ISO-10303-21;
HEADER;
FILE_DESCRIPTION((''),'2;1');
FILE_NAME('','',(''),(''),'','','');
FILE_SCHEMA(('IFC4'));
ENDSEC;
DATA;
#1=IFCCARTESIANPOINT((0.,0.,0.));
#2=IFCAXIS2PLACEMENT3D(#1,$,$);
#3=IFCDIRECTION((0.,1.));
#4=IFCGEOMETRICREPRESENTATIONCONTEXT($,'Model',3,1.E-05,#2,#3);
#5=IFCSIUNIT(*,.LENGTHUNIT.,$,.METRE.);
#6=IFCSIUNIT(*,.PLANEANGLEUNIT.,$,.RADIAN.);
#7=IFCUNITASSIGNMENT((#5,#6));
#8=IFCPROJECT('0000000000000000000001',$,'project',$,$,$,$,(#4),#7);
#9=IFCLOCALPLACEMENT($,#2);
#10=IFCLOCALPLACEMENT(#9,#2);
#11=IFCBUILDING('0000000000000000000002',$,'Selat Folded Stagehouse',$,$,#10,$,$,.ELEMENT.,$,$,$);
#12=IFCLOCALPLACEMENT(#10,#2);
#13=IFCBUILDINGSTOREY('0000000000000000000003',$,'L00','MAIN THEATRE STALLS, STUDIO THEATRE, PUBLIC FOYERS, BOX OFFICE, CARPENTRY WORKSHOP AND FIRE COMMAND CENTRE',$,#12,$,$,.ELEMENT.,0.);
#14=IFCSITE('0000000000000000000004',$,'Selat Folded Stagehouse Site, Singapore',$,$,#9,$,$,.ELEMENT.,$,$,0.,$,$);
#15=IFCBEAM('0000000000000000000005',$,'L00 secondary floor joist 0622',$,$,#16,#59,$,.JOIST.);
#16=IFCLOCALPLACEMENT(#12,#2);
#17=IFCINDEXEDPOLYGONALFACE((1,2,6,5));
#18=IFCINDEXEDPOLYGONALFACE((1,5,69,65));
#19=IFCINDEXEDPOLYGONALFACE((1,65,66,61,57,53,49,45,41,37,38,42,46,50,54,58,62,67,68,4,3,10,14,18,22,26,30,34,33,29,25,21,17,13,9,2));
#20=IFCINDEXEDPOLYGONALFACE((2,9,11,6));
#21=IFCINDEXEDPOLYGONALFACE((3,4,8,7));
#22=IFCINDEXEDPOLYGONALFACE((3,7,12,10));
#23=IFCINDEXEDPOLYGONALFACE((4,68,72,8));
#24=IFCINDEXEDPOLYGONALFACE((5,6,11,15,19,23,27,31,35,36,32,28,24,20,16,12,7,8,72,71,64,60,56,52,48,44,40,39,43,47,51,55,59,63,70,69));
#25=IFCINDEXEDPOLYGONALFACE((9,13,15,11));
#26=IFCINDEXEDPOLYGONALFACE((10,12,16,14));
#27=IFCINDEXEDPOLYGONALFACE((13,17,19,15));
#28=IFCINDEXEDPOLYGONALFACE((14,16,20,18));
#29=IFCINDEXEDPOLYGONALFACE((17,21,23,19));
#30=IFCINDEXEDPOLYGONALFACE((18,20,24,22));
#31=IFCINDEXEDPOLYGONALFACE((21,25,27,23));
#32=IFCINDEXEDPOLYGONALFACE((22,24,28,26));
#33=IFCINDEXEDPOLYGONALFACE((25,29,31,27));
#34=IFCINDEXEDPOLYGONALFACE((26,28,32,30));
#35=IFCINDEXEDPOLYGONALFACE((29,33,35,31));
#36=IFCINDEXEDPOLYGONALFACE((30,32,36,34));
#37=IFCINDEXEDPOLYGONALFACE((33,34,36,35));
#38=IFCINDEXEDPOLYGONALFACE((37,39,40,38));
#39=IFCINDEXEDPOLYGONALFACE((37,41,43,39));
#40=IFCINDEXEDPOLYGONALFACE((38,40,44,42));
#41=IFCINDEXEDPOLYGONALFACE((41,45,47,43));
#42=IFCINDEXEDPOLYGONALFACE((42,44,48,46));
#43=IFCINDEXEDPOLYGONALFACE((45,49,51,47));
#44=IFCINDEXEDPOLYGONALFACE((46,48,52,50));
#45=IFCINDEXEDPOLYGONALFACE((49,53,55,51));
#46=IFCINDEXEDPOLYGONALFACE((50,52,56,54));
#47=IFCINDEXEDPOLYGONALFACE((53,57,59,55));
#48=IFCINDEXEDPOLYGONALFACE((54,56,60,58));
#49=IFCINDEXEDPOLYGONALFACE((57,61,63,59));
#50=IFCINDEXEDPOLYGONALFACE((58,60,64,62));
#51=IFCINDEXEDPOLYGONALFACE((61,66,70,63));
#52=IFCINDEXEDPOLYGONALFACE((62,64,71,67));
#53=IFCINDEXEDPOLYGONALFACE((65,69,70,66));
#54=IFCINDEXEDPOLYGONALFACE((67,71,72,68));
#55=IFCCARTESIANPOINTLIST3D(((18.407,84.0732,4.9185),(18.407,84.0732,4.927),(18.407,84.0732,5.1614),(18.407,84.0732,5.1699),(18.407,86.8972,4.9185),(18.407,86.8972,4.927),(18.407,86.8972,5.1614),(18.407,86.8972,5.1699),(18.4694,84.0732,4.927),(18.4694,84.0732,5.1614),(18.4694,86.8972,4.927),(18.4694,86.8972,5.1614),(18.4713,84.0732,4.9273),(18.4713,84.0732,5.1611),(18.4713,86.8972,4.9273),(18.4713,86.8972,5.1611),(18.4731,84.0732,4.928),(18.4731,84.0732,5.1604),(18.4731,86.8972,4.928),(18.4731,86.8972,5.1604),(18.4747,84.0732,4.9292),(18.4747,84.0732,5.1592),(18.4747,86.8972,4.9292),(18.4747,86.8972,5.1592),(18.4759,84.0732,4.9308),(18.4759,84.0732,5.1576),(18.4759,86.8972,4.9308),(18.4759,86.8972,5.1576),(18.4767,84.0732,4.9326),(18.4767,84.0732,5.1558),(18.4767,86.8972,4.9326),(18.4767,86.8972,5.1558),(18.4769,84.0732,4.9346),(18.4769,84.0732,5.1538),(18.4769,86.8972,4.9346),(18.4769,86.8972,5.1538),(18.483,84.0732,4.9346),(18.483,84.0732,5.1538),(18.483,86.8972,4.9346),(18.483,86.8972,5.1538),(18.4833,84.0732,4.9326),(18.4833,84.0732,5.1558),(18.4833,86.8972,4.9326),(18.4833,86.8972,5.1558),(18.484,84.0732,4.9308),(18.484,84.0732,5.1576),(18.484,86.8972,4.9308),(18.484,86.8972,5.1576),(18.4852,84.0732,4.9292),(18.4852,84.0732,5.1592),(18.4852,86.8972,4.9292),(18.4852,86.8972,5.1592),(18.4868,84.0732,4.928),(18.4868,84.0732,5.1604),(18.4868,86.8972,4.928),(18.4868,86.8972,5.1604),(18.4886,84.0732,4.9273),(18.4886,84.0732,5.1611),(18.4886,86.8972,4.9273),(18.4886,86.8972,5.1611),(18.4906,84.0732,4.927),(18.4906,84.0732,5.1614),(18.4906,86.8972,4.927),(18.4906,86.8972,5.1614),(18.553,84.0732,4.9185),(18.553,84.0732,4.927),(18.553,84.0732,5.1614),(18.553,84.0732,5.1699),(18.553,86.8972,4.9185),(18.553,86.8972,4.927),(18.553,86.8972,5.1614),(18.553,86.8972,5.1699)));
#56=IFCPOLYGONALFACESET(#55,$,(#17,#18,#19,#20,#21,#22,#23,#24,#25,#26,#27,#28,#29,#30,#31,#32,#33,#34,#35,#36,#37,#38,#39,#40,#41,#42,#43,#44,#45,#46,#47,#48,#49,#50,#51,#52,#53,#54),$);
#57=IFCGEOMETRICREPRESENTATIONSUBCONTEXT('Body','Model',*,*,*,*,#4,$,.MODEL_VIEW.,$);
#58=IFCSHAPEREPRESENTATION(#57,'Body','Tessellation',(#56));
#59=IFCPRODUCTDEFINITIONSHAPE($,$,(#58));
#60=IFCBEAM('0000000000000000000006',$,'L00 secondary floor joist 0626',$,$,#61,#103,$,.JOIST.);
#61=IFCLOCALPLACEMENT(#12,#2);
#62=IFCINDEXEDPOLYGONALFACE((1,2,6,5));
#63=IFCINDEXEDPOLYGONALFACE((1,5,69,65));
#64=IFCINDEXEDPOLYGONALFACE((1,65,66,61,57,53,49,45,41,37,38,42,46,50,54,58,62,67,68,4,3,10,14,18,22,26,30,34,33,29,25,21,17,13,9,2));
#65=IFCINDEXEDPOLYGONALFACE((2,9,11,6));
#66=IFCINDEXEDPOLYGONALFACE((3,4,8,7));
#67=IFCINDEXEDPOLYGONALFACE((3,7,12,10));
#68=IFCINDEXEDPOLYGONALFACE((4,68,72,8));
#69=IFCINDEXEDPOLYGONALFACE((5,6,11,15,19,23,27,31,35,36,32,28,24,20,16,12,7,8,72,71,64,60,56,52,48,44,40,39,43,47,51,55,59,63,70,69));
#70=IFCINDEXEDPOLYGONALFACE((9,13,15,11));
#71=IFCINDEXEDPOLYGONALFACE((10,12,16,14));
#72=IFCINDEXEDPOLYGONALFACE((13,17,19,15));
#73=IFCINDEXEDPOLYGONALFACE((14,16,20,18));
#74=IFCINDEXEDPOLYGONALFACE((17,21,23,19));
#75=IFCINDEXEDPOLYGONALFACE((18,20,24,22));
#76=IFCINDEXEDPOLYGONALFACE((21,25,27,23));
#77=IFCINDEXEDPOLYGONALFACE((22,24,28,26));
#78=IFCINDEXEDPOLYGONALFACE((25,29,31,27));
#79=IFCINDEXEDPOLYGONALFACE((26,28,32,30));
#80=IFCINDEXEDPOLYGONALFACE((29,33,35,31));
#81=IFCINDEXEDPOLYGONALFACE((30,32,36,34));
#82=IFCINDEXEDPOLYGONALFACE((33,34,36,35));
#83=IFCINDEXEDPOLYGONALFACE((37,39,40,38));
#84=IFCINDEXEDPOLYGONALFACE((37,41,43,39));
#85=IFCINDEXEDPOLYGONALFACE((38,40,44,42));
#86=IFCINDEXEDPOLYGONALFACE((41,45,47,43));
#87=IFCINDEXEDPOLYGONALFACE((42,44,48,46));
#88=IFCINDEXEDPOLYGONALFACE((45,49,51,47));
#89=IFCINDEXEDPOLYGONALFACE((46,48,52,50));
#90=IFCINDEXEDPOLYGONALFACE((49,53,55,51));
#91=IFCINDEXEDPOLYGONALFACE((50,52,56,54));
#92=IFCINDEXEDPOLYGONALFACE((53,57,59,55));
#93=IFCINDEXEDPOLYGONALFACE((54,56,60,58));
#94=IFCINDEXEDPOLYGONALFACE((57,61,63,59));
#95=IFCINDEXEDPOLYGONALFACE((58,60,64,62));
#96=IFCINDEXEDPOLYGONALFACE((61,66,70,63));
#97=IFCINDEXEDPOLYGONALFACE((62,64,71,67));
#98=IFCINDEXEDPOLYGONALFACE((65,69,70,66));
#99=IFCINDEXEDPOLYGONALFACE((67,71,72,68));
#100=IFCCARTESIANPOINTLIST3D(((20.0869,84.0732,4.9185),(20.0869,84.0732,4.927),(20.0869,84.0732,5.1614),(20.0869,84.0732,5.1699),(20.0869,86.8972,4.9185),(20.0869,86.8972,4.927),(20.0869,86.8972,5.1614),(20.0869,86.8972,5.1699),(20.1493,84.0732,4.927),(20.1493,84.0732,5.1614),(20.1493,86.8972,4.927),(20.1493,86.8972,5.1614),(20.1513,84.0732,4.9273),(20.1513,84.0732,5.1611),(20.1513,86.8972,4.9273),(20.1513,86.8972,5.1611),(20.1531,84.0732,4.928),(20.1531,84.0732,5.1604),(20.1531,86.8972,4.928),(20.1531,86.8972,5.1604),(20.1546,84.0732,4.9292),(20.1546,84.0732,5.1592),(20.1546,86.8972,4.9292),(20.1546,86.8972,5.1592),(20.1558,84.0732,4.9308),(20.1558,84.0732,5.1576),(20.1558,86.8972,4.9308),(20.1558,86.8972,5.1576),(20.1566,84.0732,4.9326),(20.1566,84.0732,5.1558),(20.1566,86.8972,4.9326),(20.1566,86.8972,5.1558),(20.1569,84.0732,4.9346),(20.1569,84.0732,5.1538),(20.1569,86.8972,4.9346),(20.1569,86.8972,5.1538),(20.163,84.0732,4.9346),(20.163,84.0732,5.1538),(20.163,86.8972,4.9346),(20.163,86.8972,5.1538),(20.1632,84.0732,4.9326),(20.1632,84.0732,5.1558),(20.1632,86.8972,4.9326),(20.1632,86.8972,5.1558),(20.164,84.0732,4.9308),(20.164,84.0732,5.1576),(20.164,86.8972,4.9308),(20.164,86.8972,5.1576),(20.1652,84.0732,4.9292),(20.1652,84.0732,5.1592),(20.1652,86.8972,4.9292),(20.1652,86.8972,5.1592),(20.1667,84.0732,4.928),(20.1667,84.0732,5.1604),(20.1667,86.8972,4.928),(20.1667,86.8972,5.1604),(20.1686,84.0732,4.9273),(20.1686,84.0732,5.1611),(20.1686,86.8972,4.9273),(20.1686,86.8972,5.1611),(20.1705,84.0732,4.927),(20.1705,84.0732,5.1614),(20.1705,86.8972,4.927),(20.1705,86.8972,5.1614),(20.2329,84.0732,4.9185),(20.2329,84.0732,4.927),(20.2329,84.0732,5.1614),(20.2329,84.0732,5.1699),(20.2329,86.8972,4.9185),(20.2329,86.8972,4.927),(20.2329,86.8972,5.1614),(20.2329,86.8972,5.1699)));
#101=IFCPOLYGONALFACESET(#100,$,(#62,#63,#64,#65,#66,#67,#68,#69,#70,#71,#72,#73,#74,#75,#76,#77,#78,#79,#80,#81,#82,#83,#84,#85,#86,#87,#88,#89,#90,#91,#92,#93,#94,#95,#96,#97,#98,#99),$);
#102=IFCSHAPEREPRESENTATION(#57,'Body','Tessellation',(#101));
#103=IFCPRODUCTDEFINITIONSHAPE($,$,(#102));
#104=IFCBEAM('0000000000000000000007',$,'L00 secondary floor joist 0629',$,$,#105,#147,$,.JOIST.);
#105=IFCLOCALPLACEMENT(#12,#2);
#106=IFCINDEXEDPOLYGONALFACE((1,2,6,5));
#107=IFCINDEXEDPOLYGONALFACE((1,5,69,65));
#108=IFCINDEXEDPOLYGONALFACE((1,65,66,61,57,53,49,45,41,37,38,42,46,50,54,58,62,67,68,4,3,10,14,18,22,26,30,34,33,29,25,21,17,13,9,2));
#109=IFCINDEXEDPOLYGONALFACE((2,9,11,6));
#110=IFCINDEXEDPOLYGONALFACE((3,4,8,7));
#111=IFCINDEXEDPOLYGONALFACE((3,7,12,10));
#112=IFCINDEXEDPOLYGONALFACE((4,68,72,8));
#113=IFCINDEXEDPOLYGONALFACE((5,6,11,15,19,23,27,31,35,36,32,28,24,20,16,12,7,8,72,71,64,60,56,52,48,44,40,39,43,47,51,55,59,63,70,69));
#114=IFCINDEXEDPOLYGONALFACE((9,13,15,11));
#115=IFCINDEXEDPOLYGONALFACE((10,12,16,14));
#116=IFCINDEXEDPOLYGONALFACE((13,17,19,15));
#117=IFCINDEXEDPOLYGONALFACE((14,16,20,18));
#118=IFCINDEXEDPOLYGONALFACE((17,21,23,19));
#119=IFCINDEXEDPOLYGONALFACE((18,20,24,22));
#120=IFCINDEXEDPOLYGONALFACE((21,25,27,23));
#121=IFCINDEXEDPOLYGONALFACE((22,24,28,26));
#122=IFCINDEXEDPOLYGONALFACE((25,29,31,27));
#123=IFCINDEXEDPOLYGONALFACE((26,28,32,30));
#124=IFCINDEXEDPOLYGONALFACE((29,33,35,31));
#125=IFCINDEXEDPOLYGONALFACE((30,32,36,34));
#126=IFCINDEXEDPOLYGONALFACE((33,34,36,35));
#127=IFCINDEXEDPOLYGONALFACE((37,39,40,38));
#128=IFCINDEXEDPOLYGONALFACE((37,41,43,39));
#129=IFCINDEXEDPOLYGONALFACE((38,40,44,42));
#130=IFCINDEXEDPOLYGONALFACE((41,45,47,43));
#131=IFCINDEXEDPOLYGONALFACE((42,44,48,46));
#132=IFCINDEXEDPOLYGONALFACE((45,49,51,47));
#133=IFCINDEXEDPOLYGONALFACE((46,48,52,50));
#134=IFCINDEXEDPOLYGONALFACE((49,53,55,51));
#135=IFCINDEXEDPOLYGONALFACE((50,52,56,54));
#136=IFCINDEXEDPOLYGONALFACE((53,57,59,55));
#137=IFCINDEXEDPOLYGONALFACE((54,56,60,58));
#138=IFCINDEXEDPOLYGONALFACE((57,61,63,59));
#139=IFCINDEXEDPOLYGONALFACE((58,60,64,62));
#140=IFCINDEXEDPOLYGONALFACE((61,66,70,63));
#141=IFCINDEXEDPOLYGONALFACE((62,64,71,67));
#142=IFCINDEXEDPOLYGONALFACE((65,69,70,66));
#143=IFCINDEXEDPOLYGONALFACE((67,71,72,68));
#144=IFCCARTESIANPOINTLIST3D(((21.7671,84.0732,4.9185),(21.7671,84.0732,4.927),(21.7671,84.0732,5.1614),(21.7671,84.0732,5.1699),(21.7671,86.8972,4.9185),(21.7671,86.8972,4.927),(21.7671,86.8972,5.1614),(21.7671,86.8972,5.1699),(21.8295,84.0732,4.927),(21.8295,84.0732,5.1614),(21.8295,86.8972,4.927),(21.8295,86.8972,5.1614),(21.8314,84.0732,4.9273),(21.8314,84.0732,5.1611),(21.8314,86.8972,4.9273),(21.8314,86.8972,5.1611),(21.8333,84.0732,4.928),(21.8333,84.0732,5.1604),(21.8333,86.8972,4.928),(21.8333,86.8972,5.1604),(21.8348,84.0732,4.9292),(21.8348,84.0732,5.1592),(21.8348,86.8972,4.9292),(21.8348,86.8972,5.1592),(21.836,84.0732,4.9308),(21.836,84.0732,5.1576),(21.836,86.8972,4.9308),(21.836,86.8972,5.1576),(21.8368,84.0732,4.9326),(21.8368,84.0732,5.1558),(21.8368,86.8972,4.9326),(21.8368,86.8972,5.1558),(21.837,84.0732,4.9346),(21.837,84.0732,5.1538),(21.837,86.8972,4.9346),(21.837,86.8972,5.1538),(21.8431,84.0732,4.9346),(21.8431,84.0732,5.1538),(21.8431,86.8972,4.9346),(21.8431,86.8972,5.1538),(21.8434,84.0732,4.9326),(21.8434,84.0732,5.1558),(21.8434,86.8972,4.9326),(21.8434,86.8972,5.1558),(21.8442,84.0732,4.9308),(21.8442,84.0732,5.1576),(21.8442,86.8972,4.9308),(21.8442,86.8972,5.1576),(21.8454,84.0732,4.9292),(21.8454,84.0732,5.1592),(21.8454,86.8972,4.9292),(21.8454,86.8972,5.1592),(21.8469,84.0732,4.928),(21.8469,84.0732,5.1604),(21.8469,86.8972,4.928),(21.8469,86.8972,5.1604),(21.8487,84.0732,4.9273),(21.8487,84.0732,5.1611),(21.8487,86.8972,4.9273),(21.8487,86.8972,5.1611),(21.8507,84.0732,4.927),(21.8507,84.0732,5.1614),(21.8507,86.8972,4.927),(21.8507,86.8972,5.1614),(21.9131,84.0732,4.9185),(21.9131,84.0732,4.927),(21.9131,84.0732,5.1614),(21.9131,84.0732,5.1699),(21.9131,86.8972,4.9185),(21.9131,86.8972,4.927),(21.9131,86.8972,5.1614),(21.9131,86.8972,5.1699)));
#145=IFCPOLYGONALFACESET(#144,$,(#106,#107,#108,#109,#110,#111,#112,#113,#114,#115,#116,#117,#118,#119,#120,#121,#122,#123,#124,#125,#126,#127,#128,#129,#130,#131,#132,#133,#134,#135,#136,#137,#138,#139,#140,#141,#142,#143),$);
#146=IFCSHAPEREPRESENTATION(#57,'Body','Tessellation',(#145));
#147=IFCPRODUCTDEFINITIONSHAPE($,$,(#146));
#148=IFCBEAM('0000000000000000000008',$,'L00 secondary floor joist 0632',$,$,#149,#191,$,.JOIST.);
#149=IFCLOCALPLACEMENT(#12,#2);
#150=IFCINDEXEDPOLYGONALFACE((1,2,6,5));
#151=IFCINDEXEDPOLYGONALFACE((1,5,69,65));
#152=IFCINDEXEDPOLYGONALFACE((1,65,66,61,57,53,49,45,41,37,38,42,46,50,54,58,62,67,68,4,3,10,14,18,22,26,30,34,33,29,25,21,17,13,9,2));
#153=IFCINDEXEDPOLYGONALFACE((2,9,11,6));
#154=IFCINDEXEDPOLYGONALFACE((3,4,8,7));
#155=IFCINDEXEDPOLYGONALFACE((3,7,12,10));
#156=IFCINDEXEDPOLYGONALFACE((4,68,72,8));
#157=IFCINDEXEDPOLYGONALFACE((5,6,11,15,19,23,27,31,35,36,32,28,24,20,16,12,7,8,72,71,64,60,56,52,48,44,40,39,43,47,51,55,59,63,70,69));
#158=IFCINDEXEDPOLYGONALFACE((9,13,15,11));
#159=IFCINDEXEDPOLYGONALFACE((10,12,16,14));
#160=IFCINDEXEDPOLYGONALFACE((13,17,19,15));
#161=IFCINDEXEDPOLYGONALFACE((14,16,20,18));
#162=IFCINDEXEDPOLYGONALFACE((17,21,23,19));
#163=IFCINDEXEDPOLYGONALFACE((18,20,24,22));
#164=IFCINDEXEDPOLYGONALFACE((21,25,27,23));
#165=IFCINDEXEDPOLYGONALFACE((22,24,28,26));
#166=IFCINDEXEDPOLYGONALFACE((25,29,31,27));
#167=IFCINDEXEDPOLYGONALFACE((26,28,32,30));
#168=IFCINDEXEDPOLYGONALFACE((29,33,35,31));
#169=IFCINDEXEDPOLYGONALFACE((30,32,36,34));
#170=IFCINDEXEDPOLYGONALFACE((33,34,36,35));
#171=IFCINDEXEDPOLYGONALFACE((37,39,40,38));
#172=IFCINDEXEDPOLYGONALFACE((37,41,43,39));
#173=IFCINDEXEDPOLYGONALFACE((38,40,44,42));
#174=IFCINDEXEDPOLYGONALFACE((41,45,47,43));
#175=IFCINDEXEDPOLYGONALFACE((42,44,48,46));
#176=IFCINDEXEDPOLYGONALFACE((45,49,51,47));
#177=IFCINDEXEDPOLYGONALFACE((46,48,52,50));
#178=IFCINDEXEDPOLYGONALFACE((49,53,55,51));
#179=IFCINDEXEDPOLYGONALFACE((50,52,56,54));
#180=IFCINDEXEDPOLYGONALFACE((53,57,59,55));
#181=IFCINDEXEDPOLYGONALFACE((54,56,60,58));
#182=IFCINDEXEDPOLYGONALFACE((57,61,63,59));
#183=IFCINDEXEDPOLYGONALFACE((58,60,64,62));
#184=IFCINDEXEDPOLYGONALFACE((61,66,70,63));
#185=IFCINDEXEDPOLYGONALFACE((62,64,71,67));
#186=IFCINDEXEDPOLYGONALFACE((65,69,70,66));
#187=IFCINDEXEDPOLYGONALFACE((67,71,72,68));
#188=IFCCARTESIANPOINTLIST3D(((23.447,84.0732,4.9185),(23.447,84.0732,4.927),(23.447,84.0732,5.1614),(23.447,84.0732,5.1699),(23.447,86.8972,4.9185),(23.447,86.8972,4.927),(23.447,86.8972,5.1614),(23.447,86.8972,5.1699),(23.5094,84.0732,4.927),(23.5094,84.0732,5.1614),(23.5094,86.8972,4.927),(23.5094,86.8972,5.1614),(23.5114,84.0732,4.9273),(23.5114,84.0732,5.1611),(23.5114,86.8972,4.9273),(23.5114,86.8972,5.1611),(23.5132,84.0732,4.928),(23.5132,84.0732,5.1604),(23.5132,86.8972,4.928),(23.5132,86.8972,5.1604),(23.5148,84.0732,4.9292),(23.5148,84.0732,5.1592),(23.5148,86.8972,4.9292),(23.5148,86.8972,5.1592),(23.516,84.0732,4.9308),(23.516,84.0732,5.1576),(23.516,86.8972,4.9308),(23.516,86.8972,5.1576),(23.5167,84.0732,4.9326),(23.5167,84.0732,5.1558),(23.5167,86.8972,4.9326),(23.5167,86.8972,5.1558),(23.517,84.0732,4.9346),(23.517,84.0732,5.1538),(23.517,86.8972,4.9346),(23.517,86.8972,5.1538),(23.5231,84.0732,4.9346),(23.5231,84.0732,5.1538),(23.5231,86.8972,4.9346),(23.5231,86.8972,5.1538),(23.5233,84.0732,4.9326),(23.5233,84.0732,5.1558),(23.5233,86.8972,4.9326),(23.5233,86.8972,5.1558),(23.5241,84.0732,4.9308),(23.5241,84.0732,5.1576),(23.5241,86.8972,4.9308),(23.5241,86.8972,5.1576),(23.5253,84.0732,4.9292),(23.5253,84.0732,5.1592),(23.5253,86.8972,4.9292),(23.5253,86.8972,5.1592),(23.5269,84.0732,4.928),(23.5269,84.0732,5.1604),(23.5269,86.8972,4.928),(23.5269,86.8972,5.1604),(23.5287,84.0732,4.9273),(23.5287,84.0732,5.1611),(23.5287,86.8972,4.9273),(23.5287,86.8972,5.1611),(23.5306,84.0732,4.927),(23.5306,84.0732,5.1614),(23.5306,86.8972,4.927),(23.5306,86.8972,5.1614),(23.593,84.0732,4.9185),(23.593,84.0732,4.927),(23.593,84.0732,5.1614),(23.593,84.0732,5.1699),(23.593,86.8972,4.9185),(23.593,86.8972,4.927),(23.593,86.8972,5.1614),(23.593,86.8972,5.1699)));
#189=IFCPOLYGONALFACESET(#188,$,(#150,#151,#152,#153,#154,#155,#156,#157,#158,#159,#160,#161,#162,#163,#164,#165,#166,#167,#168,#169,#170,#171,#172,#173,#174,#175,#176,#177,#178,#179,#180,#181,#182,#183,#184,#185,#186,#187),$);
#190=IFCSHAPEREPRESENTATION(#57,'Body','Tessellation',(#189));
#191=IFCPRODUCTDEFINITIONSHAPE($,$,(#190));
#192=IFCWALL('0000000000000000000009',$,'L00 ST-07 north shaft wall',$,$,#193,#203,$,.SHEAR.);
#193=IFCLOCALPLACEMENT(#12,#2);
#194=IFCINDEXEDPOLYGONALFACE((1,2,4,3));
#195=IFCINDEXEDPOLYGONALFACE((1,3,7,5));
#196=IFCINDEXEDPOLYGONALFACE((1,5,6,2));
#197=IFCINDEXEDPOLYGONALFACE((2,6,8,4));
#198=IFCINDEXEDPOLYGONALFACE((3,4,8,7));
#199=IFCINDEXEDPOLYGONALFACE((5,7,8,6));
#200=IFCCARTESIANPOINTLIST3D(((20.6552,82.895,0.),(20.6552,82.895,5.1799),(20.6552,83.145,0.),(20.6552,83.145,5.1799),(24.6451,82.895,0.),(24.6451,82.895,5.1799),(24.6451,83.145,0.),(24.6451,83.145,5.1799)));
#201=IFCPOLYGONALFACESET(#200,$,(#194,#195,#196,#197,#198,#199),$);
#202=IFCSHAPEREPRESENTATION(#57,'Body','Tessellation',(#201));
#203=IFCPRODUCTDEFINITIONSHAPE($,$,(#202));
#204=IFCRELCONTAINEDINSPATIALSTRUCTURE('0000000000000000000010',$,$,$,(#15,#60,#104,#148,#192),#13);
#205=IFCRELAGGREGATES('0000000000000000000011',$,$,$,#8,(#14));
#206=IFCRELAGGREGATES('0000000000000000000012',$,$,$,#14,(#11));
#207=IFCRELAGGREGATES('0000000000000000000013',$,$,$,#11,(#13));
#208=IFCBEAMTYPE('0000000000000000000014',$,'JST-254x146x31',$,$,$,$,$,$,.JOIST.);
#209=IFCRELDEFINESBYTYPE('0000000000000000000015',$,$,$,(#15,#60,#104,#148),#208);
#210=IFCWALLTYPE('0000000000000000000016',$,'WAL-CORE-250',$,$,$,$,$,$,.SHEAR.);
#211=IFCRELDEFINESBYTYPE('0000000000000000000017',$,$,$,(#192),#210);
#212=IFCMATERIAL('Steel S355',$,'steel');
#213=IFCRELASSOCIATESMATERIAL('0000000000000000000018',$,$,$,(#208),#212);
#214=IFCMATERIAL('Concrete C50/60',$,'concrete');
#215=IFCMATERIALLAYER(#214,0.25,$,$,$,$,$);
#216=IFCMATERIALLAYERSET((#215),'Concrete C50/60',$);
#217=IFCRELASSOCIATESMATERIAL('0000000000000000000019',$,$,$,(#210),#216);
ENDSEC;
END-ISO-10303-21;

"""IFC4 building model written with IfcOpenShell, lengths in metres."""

from ifc_helpers import new_model, si_unit, direction, frame, frame_2d, origin, origin_2d, place, context, subcontext, project, spatial, rectangle, i_section, extrude, material, layer, layer_set, material_profile, profile_set, type_object, element, save


model = new_model("IFC4")

# Units and contexts
model_context = context("Model", 3, precision=1e-05, world=origin(), true_north=direction((0.0, 1.0)))
body_context = subcontext(model_context, "Body", "Model", "MODEL_VIEW")
ifc_project = project(units=[si_unit("LENGTHUNIT", "METRE"), si_unit("PLANEANGLEUNIT", "RADIAN")], contexts=[model_context])

# Site, building, storey
site_placement = place(None, origin())
site = spatial("IfcSite", under=ifc_project, at=site_placement, Name="Selat Folded Stagehouse Site, Singapore", CompositionType="ELEMENT", RefElevation=0.0)
building_placement = place(site_placement, origin())
building = spatial("IfcBuilding", under=site, at=building_placement, Name="Selat Folded Stagehouse", CompositionType="ELEMENT")
storey_placement = place(building_placement, origin())
storey = spatial("IfcBuildingStorey", under=building, at=storey_placement, Name="L00", Description="MAIN THEATRE STALLS, STUDIO THEATRE, PUBLIC FOYERS, BOX OFFICE, CARPENTRY WORKSHOP AND FIRE COMMAND CENTRE", CompositionType="ELEMENT", Elevation=0.0)

# Shared definitions
ifc_material_1 = material(Name="Steel S355", Category="steel")

# Beams
ifc_material_profile_1 = material_profile(ifc_material_1, i_section(OverallWidth=0.146, OverallDepth=0.2515, WebThickness=0.0061, FlangeThickness=0.0085, FilletRadius=0.0076, at=origin_2d()), Name="UKB 254x146x31")
ifc_profile_set_1 = profile_set([ifc_material_profile_1], Name="Steel S355")
beam_type_1 = type_object("IfcBeamType", Name="JST-254x146x31", PredefinedType="JOIST", material=ifc_profile_set_1)
for number, where, z_axis, x_axis, name in (
    (1, (18.48, 84.0732, 5.0442), (0.0, 1.0, 0.0), (-1.0, 0.0, 0.0), "L00 secondary floor joist 0622"),
    (2, (20.1599, 84.0732, 5.0442), (0.0, 1.0, 0.0), (-1.0, 0.0, 0.0), "L00 secondary floor joist 0626"),
    (3, (21.8401, 84.0732, 5.0442), (0.0, 1.0, 0.0), (-1.0, 0.0, 0.0), "L00 secondary floor joist 0629"),
    (4, (23.52, 84.0732, 5.0442), (0.0, 1.0, 0.0), (-1.0, 0.0, 0.0), "L00 secondary floor joist 0632"),
):
    element("IfcBeam", number, at=place(storey_placement, frame(where, z_axis=z_axis, x_axis=x_axis)), inside=storey, type_object=beam_type_1, Name=name, PredefinedType="JOIST", context=body_context, shape_type="SweptSolid", body=[
        extrude(i_section(OverallWidth=0.146, OverallDepth=0.2515, WebThickness=0.0061, FlangeThickness=0.0085, FilletRadius=0.0076, at=origin_2d()), origin(), (0.0, 0.0, 1.0), 2.824),
    ])

# Wall
ifc_material_2 = material(Name="Concrete C50/60", Category="concrete")
ifc_layer_1 = layer(ifc_material_2, 0.25)
ifc_layer_set_1 = layer_set([ifc_layer_1], Name="Concrete C50/60")
wall_type_1 = type_object("IfcWallType", Name="WAL-CORE-250", PredefinedType="SHEAR", material=ifc_layer_set_1)
wall_1_placement = place(storey_placement, frame((20.655, 83.02, 0.0), z_axis=(0.0, 0.0, 1.0), x_axis=(1.0, 0.0, 0.0)))
element("IfcWall", 5, at=wall_1_placement, inside=storey, type_object=wall_type_1, Name="L00 ST-07 north shaft wall", PredefinedType="SHEAR", context=body_context, shape_type="SweptSolid", body=[
    extrude(rectangle(XDim=3.99, YDim=0.25, at=frame_2d((1.9951, 0.0))), origin(), (0.0, 0.0, 1.0), 5.1799),
])

save(model, "model.ifc")
